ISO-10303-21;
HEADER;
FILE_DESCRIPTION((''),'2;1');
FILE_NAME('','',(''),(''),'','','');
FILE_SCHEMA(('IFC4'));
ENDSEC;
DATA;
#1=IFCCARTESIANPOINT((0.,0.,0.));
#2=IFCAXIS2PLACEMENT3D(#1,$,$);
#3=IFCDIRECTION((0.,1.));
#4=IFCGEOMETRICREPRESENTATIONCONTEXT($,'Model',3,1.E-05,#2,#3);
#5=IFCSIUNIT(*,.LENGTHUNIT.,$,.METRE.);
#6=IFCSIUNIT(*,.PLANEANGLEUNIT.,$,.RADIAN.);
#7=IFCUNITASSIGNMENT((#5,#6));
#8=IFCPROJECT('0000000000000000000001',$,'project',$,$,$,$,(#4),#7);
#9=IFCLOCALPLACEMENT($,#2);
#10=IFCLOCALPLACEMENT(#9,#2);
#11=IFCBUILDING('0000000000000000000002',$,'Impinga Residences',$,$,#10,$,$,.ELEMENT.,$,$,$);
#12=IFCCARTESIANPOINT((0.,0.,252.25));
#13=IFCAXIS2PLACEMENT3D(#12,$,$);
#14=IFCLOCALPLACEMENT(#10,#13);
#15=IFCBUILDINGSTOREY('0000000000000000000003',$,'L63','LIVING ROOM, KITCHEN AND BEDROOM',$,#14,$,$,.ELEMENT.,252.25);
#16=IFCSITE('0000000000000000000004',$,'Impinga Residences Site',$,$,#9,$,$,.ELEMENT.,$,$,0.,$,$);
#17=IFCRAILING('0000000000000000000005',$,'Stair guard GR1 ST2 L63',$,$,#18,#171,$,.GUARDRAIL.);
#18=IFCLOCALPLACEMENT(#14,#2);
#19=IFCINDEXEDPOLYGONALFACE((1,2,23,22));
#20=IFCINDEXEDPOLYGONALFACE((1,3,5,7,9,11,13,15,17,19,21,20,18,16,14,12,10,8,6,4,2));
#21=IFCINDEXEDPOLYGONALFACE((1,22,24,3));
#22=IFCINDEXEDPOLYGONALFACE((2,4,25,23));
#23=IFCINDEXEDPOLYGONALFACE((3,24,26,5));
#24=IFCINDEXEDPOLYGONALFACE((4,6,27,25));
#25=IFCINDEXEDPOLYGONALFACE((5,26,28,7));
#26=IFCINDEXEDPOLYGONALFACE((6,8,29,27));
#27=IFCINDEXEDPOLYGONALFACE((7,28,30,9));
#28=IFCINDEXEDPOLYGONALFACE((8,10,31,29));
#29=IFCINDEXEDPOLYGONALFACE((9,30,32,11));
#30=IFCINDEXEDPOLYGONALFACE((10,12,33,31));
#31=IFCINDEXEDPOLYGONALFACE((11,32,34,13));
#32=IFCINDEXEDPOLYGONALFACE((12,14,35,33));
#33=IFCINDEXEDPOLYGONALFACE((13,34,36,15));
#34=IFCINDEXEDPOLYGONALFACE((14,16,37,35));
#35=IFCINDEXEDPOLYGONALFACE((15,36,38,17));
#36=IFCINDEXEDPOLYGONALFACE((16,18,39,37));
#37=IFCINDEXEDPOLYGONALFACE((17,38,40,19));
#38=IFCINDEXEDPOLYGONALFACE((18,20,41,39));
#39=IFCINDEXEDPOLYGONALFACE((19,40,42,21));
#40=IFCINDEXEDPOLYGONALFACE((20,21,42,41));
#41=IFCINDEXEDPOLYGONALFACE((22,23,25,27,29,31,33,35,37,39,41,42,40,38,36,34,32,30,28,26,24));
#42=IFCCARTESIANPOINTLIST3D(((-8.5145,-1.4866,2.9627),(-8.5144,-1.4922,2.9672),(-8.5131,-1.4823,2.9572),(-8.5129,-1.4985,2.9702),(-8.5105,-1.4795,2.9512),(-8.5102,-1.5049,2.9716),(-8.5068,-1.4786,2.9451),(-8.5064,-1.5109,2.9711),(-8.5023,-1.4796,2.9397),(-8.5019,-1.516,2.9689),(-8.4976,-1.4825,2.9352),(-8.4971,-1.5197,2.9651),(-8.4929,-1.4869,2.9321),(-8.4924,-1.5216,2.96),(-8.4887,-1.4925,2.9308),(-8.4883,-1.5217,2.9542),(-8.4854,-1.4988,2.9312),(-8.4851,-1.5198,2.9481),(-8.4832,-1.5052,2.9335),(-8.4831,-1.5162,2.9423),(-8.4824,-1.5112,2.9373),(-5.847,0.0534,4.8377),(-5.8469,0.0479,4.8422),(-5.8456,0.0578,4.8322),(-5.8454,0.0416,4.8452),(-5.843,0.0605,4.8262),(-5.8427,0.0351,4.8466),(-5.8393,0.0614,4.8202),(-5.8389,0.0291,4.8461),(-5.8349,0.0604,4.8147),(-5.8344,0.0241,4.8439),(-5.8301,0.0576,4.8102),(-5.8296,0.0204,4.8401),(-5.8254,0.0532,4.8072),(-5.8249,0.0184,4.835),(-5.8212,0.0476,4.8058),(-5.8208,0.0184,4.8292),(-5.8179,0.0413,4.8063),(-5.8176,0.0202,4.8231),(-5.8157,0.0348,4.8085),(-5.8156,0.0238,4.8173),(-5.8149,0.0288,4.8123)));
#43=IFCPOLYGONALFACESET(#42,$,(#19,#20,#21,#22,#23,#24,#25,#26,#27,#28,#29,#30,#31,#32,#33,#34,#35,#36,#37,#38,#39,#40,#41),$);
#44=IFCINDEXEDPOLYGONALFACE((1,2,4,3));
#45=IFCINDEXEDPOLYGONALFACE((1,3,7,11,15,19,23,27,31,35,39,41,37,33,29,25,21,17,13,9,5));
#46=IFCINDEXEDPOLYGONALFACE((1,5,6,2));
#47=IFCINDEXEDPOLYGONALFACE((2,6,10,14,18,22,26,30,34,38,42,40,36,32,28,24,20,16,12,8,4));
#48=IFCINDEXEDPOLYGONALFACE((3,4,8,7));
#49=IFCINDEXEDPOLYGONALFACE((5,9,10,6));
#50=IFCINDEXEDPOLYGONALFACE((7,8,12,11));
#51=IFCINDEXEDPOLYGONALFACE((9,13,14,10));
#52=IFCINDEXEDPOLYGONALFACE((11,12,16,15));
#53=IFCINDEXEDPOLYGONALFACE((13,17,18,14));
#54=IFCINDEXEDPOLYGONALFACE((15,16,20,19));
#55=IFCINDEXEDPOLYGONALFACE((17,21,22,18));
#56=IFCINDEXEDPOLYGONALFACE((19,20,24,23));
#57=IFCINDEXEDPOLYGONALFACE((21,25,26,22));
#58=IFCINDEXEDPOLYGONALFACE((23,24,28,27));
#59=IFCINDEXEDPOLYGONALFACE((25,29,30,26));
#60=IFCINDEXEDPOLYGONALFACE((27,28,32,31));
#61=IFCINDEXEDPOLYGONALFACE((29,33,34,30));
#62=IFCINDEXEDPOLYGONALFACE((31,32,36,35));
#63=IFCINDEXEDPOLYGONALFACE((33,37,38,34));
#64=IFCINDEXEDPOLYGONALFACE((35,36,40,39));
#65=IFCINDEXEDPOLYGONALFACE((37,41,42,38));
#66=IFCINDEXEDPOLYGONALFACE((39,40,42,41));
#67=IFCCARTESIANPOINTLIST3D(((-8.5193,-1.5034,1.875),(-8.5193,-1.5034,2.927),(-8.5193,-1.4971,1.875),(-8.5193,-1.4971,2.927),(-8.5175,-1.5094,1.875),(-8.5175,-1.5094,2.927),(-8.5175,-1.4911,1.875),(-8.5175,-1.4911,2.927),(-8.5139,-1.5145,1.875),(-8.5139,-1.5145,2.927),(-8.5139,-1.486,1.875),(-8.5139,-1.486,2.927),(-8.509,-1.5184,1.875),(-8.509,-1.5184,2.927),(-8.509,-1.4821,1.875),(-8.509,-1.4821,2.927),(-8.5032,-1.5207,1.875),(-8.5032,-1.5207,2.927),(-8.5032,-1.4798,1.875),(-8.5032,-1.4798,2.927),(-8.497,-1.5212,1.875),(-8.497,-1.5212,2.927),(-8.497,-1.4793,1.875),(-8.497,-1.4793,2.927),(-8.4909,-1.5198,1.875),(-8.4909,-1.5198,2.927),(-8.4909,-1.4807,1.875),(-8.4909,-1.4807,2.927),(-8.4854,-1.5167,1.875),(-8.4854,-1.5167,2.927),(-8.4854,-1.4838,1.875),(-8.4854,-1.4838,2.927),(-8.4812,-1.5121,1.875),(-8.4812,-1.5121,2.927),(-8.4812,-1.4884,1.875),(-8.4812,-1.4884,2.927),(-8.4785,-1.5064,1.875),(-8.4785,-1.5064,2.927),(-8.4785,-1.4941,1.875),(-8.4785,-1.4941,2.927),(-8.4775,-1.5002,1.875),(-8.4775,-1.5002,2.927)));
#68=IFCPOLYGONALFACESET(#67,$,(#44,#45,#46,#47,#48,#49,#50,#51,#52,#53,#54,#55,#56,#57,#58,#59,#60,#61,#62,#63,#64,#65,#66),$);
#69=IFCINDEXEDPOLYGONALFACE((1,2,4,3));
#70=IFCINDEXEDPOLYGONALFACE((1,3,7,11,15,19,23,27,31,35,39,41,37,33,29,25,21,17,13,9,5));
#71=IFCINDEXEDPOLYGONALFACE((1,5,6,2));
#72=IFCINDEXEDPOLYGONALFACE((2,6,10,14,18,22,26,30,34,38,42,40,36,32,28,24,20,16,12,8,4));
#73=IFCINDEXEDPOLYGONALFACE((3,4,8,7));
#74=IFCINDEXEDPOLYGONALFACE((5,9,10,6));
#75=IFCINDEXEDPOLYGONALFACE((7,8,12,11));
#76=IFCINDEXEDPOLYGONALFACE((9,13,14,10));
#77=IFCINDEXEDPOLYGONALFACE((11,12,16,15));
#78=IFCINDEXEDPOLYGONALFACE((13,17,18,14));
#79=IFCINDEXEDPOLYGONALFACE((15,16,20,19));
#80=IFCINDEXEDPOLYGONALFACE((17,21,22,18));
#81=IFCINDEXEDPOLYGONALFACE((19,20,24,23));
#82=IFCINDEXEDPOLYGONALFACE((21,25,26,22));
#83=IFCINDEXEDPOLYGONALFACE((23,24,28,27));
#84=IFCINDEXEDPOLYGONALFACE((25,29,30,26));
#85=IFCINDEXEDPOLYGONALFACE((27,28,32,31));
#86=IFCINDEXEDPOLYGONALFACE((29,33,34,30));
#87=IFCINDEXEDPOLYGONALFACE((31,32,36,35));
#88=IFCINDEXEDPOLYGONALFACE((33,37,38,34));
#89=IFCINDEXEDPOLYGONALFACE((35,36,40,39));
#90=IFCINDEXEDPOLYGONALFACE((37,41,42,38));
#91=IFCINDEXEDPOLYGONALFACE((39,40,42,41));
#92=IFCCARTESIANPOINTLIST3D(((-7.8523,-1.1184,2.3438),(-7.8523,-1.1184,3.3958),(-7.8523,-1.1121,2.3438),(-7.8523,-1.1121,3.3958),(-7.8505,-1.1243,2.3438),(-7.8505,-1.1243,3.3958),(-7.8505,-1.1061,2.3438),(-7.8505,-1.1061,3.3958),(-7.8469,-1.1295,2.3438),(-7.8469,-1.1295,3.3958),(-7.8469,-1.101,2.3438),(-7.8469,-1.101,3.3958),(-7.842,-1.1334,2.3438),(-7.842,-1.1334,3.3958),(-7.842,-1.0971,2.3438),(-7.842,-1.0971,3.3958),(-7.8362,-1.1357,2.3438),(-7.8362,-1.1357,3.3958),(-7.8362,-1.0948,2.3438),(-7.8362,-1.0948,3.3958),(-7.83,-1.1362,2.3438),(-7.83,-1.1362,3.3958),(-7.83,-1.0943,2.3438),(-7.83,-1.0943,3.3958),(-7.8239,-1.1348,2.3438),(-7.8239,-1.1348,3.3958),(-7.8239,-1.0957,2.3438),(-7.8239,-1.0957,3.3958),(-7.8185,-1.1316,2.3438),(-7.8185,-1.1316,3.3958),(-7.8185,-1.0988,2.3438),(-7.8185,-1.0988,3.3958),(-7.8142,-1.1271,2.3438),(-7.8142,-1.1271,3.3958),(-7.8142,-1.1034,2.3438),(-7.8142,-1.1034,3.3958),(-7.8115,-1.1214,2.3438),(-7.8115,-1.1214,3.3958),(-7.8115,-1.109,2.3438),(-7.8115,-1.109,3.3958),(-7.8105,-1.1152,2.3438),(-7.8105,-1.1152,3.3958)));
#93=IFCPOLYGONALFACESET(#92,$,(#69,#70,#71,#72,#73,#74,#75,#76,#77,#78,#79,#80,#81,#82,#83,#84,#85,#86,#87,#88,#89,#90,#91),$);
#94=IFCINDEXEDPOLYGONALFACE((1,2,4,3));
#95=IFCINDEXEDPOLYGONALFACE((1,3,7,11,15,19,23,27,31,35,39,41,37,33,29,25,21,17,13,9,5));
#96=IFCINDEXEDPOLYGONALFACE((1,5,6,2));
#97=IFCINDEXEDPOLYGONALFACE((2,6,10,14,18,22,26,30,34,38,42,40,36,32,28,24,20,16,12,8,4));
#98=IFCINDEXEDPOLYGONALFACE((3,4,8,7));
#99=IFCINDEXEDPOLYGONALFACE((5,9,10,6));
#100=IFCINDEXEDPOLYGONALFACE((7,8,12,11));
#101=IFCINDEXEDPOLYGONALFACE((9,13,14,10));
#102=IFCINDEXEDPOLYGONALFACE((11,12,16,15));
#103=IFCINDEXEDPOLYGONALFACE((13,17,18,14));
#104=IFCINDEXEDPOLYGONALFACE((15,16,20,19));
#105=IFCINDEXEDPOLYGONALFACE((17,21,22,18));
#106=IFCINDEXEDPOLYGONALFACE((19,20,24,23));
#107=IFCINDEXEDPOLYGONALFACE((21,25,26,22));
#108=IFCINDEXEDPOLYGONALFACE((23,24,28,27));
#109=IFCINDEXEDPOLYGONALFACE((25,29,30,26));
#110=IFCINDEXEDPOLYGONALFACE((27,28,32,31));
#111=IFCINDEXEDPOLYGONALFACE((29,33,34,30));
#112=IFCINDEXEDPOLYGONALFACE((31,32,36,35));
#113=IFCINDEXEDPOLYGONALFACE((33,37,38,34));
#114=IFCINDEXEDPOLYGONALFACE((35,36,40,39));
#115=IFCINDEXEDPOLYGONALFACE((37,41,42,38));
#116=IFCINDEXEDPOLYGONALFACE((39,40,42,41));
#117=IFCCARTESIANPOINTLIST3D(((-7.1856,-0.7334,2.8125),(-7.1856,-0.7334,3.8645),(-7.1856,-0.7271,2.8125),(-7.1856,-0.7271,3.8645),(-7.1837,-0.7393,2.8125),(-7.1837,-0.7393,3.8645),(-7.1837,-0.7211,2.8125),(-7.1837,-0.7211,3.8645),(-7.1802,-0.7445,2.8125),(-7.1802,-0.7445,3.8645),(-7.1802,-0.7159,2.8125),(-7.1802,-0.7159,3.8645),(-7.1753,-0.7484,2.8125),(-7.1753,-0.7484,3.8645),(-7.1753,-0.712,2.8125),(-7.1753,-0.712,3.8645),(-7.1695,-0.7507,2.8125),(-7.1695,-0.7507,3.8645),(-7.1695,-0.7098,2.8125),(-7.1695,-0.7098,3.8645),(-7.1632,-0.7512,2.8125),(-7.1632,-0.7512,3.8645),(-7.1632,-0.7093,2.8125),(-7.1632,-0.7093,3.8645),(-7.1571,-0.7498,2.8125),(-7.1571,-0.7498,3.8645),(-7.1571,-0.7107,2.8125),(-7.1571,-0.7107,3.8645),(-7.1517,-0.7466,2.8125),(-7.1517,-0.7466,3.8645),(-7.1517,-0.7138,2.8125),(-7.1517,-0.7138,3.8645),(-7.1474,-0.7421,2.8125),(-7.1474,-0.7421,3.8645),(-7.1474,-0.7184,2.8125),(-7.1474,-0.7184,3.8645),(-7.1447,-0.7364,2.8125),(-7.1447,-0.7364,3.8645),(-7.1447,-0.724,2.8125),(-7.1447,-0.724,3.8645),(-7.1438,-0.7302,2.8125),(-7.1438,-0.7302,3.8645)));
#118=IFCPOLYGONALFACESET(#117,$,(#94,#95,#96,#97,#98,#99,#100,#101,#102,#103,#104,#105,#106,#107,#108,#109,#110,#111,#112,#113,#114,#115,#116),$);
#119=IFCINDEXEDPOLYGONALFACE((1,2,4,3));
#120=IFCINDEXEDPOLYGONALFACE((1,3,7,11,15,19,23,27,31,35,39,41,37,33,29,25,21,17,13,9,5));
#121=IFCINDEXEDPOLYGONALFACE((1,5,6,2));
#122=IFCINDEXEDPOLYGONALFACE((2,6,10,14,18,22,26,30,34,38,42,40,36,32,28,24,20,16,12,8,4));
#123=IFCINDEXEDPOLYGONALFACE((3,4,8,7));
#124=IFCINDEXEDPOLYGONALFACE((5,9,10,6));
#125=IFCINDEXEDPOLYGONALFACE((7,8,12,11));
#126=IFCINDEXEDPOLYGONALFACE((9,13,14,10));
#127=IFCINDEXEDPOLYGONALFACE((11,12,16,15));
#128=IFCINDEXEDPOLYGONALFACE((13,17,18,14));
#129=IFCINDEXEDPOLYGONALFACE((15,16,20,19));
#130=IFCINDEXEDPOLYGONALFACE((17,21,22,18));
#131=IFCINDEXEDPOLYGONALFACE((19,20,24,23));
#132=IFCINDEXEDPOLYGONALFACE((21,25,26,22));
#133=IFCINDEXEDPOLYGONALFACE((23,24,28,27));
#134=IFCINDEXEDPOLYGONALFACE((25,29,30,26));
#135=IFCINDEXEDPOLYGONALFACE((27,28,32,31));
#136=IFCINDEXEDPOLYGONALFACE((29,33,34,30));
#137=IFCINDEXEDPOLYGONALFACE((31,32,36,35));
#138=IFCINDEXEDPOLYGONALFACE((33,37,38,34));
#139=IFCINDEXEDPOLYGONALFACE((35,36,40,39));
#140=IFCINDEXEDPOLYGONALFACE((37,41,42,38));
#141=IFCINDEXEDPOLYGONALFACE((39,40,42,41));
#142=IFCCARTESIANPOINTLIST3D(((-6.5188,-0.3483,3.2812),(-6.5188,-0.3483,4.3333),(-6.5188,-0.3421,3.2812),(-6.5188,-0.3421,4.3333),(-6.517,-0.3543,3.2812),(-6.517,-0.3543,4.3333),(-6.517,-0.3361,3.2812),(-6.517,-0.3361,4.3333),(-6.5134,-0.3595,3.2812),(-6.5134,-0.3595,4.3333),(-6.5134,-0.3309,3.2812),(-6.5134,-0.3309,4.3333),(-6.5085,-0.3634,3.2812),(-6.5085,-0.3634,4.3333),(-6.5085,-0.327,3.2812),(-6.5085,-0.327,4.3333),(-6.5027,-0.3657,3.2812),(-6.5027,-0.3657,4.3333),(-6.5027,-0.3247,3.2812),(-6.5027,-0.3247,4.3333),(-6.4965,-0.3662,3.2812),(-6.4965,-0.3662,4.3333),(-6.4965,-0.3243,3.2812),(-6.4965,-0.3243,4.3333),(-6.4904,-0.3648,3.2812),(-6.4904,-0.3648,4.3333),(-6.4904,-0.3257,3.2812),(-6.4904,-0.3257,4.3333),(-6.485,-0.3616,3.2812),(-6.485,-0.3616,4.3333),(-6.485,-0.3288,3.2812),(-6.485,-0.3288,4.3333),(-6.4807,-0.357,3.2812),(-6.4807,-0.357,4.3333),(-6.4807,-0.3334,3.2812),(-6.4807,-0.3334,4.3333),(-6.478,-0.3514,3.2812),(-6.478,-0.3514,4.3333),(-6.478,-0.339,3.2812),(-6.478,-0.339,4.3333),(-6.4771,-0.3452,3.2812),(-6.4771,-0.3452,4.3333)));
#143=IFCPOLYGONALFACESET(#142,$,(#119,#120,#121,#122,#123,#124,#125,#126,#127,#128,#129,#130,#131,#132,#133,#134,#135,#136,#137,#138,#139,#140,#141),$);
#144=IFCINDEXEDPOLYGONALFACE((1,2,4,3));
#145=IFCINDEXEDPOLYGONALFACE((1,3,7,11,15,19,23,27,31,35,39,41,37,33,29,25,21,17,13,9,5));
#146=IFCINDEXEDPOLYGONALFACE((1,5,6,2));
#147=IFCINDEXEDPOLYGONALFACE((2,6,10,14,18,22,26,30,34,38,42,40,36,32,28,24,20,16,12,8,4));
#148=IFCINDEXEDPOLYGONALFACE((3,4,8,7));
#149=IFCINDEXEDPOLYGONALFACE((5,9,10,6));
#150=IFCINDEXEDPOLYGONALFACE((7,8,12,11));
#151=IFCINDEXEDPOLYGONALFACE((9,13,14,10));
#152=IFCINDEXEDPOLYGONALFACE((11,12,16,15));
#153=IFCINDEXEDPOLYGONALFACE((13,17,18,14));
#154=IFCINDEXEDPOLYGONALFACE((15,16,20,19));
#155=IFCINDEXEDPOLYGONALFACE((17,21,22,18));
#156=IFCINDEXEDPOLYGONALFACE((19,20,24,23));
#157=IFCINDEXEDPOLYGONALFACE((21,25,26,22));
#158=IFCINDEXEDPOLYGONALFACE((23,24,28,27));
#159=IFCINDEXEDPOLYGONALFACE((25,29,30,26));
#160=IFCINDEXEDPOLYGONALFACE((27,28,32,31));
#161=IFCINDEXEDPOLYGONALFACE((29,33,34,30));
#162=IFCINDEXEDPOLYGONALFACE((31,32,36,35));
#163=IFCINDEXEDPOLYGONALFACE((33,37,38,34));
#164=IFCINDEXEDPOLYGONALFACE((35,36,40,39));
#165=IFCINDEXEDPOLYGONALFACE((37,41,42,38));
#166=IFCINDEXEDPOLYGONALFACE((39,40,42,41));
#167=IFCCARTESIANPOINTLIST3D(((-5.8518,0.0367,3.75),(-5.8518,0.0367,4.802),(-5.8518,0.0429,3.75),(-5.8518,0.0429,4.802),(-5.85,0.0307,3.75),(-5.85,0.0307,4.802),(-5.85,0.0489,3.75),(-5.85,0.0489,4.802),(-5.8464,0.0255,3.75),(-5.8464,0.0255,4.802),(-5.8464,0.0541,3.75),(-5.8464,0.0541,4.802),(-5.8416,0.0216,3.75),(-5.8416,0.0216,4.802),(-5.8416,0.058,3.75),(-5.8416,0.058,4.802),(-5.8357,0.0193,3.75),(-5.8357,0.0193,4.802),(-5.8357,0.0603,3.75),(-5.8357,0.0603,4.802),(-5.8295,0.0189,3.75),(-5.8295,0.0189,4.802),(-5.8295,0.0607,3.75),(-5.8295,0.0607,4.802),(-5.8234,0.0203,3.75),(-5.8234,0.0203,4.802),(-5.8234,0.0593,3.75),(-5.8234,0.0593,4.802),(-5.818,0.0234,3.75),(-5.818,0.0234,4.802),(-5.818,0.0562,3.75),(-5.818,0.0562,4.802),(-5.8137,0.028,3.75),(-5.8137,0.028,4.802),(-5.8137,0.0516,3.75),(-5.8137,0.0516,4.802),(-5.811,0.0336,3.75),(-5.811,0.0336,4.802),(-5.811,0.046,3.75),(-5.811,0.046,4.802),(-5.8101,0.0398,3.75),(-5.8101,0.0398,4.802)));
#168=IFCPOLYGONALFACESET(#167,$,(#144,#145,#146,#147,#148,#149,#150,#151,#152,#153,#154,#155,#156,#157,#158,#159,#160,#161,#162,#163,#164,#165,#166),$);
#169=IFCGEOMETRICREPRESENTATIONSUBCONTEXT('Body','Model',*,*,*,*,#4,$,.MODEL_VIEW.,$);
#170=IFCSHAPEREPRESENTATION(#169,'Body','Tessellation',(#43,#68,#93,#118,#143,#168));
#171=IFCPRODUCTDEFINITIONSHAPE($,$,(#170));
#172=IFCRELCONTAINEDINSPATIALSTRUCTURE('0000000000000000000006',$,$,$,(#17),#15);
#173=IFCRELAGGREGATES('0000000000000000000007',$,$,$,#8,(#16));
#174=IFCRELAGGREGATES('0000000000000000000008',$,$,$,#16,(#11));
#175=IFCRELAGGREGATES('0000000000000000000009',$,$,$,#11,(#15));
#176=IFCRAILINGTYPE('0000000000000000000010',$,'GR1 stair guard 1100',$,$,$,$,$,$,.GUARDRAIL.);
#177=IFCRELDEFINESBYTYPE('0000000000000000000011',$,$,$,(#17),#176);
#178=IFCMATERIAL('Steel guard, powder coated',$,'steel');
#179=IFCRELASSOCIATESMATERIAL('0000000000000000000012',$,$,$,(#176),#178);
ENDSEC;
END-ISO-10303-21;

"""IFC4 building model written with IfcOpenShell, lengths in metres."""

from ifc_helpers import new_model, si_unit, direction, frame, origin, origin_2d, place, context, subcontext, project, spatial, circle, extrude, material, type_object, element, save


model = new_model("IFC4")

# Units and contexts
model_context = context("Model", 3, precision=1e-05, world=origin(), true_north=direction((0.0, 1.0)))
body_context = subcontext(model_context, "Body", "Model", "MODEL_VIEW")
ifc_project = project(units=[si_unit("LENGTHUNIT", "METRE"), si_unit("PLANEANGLEUNIT", "RADIAN")], contexts=[model_context])

# Site, building, storey
site_placement = place(None, origin())
site = spatial("IfcSite", under=ifc_project, at=site_placement, Name="Impinga Residences Site", CompositionType="ELEMENT", RefElevation=0.0)
building_placement = place(site_placement, origin())
building = spatial("IfcBuilding", under=site, at=building_placement, Name="Impinga Residences", CompositionType="ELEMENT")
storey_placement = place(building_placement, frame((0.0, 0.0, 252.25)))
storey = spatial("IfcBuildingStorey", under=building, at=storey_placement, Name="L63", Description="LIVING ROOM, KITCHEN AND BEDROOM", CompositionType="ELEMENT", Elevation=252.25)

# Railing
ifc_material_1 = material(Name="Steel guard, powder coated", Category="steel")
railing_type_1 = type_object("IfcRailingType", Name="GR1 stair guard 1100", PredefinedType="GUARDRAIL", material=ifc_material_1)
railing_1_placement = place(storey_placement, frame((-8.4985, -1.5002, 1.875)))
element("IfcRailing", 1, at=railing_1_placement, inside=storey, type_object=railing_type_1, Name="Stair guard GR1 ST2 L63", PredefinedType="GUARDRAIL", context=body_context, shape_type="SweptSolid", body=[
    extrude(circle(Radius=0.0239, at=origin_2d()), frame((0.0, 0.0, 1.0762), z_axis=(0.739746, 0.427084, 0.519975), x_axis=(-0.499992, 0.86603, 0.0)), (0.0, 0.0, 1.0), 3.606),
    extrude(circle(Radius=0.021, at=origin_2d()), origin(), (0.0, 0.0, 1.0), 1.052),
    extrude(circle(Radius=0.021, at=origin_2d()), frame((0.667, 0.385, 0.4688)), (0.0, 0.0, 1.0), 1.052),
    extrude(circle(Radius=0.021, at=origin_2d()), frame((1.3337, 0.77, 0.9375)), (0.0, 0.0, 1.0), 1.052),
    extrude(circle(Radius=0.021, at=origin_2d()), frame((2.0005, 1.155, 1.4062)), (0.0, 0.0, 1.0), 1.052),
    extrude(circle(Radius=0.021, at=origin_2d()), frame((2.6675, 1.54, 1.875)), (0.0, 0.0, 1.0), 1.052),
])

save(model, "model.ifc")
